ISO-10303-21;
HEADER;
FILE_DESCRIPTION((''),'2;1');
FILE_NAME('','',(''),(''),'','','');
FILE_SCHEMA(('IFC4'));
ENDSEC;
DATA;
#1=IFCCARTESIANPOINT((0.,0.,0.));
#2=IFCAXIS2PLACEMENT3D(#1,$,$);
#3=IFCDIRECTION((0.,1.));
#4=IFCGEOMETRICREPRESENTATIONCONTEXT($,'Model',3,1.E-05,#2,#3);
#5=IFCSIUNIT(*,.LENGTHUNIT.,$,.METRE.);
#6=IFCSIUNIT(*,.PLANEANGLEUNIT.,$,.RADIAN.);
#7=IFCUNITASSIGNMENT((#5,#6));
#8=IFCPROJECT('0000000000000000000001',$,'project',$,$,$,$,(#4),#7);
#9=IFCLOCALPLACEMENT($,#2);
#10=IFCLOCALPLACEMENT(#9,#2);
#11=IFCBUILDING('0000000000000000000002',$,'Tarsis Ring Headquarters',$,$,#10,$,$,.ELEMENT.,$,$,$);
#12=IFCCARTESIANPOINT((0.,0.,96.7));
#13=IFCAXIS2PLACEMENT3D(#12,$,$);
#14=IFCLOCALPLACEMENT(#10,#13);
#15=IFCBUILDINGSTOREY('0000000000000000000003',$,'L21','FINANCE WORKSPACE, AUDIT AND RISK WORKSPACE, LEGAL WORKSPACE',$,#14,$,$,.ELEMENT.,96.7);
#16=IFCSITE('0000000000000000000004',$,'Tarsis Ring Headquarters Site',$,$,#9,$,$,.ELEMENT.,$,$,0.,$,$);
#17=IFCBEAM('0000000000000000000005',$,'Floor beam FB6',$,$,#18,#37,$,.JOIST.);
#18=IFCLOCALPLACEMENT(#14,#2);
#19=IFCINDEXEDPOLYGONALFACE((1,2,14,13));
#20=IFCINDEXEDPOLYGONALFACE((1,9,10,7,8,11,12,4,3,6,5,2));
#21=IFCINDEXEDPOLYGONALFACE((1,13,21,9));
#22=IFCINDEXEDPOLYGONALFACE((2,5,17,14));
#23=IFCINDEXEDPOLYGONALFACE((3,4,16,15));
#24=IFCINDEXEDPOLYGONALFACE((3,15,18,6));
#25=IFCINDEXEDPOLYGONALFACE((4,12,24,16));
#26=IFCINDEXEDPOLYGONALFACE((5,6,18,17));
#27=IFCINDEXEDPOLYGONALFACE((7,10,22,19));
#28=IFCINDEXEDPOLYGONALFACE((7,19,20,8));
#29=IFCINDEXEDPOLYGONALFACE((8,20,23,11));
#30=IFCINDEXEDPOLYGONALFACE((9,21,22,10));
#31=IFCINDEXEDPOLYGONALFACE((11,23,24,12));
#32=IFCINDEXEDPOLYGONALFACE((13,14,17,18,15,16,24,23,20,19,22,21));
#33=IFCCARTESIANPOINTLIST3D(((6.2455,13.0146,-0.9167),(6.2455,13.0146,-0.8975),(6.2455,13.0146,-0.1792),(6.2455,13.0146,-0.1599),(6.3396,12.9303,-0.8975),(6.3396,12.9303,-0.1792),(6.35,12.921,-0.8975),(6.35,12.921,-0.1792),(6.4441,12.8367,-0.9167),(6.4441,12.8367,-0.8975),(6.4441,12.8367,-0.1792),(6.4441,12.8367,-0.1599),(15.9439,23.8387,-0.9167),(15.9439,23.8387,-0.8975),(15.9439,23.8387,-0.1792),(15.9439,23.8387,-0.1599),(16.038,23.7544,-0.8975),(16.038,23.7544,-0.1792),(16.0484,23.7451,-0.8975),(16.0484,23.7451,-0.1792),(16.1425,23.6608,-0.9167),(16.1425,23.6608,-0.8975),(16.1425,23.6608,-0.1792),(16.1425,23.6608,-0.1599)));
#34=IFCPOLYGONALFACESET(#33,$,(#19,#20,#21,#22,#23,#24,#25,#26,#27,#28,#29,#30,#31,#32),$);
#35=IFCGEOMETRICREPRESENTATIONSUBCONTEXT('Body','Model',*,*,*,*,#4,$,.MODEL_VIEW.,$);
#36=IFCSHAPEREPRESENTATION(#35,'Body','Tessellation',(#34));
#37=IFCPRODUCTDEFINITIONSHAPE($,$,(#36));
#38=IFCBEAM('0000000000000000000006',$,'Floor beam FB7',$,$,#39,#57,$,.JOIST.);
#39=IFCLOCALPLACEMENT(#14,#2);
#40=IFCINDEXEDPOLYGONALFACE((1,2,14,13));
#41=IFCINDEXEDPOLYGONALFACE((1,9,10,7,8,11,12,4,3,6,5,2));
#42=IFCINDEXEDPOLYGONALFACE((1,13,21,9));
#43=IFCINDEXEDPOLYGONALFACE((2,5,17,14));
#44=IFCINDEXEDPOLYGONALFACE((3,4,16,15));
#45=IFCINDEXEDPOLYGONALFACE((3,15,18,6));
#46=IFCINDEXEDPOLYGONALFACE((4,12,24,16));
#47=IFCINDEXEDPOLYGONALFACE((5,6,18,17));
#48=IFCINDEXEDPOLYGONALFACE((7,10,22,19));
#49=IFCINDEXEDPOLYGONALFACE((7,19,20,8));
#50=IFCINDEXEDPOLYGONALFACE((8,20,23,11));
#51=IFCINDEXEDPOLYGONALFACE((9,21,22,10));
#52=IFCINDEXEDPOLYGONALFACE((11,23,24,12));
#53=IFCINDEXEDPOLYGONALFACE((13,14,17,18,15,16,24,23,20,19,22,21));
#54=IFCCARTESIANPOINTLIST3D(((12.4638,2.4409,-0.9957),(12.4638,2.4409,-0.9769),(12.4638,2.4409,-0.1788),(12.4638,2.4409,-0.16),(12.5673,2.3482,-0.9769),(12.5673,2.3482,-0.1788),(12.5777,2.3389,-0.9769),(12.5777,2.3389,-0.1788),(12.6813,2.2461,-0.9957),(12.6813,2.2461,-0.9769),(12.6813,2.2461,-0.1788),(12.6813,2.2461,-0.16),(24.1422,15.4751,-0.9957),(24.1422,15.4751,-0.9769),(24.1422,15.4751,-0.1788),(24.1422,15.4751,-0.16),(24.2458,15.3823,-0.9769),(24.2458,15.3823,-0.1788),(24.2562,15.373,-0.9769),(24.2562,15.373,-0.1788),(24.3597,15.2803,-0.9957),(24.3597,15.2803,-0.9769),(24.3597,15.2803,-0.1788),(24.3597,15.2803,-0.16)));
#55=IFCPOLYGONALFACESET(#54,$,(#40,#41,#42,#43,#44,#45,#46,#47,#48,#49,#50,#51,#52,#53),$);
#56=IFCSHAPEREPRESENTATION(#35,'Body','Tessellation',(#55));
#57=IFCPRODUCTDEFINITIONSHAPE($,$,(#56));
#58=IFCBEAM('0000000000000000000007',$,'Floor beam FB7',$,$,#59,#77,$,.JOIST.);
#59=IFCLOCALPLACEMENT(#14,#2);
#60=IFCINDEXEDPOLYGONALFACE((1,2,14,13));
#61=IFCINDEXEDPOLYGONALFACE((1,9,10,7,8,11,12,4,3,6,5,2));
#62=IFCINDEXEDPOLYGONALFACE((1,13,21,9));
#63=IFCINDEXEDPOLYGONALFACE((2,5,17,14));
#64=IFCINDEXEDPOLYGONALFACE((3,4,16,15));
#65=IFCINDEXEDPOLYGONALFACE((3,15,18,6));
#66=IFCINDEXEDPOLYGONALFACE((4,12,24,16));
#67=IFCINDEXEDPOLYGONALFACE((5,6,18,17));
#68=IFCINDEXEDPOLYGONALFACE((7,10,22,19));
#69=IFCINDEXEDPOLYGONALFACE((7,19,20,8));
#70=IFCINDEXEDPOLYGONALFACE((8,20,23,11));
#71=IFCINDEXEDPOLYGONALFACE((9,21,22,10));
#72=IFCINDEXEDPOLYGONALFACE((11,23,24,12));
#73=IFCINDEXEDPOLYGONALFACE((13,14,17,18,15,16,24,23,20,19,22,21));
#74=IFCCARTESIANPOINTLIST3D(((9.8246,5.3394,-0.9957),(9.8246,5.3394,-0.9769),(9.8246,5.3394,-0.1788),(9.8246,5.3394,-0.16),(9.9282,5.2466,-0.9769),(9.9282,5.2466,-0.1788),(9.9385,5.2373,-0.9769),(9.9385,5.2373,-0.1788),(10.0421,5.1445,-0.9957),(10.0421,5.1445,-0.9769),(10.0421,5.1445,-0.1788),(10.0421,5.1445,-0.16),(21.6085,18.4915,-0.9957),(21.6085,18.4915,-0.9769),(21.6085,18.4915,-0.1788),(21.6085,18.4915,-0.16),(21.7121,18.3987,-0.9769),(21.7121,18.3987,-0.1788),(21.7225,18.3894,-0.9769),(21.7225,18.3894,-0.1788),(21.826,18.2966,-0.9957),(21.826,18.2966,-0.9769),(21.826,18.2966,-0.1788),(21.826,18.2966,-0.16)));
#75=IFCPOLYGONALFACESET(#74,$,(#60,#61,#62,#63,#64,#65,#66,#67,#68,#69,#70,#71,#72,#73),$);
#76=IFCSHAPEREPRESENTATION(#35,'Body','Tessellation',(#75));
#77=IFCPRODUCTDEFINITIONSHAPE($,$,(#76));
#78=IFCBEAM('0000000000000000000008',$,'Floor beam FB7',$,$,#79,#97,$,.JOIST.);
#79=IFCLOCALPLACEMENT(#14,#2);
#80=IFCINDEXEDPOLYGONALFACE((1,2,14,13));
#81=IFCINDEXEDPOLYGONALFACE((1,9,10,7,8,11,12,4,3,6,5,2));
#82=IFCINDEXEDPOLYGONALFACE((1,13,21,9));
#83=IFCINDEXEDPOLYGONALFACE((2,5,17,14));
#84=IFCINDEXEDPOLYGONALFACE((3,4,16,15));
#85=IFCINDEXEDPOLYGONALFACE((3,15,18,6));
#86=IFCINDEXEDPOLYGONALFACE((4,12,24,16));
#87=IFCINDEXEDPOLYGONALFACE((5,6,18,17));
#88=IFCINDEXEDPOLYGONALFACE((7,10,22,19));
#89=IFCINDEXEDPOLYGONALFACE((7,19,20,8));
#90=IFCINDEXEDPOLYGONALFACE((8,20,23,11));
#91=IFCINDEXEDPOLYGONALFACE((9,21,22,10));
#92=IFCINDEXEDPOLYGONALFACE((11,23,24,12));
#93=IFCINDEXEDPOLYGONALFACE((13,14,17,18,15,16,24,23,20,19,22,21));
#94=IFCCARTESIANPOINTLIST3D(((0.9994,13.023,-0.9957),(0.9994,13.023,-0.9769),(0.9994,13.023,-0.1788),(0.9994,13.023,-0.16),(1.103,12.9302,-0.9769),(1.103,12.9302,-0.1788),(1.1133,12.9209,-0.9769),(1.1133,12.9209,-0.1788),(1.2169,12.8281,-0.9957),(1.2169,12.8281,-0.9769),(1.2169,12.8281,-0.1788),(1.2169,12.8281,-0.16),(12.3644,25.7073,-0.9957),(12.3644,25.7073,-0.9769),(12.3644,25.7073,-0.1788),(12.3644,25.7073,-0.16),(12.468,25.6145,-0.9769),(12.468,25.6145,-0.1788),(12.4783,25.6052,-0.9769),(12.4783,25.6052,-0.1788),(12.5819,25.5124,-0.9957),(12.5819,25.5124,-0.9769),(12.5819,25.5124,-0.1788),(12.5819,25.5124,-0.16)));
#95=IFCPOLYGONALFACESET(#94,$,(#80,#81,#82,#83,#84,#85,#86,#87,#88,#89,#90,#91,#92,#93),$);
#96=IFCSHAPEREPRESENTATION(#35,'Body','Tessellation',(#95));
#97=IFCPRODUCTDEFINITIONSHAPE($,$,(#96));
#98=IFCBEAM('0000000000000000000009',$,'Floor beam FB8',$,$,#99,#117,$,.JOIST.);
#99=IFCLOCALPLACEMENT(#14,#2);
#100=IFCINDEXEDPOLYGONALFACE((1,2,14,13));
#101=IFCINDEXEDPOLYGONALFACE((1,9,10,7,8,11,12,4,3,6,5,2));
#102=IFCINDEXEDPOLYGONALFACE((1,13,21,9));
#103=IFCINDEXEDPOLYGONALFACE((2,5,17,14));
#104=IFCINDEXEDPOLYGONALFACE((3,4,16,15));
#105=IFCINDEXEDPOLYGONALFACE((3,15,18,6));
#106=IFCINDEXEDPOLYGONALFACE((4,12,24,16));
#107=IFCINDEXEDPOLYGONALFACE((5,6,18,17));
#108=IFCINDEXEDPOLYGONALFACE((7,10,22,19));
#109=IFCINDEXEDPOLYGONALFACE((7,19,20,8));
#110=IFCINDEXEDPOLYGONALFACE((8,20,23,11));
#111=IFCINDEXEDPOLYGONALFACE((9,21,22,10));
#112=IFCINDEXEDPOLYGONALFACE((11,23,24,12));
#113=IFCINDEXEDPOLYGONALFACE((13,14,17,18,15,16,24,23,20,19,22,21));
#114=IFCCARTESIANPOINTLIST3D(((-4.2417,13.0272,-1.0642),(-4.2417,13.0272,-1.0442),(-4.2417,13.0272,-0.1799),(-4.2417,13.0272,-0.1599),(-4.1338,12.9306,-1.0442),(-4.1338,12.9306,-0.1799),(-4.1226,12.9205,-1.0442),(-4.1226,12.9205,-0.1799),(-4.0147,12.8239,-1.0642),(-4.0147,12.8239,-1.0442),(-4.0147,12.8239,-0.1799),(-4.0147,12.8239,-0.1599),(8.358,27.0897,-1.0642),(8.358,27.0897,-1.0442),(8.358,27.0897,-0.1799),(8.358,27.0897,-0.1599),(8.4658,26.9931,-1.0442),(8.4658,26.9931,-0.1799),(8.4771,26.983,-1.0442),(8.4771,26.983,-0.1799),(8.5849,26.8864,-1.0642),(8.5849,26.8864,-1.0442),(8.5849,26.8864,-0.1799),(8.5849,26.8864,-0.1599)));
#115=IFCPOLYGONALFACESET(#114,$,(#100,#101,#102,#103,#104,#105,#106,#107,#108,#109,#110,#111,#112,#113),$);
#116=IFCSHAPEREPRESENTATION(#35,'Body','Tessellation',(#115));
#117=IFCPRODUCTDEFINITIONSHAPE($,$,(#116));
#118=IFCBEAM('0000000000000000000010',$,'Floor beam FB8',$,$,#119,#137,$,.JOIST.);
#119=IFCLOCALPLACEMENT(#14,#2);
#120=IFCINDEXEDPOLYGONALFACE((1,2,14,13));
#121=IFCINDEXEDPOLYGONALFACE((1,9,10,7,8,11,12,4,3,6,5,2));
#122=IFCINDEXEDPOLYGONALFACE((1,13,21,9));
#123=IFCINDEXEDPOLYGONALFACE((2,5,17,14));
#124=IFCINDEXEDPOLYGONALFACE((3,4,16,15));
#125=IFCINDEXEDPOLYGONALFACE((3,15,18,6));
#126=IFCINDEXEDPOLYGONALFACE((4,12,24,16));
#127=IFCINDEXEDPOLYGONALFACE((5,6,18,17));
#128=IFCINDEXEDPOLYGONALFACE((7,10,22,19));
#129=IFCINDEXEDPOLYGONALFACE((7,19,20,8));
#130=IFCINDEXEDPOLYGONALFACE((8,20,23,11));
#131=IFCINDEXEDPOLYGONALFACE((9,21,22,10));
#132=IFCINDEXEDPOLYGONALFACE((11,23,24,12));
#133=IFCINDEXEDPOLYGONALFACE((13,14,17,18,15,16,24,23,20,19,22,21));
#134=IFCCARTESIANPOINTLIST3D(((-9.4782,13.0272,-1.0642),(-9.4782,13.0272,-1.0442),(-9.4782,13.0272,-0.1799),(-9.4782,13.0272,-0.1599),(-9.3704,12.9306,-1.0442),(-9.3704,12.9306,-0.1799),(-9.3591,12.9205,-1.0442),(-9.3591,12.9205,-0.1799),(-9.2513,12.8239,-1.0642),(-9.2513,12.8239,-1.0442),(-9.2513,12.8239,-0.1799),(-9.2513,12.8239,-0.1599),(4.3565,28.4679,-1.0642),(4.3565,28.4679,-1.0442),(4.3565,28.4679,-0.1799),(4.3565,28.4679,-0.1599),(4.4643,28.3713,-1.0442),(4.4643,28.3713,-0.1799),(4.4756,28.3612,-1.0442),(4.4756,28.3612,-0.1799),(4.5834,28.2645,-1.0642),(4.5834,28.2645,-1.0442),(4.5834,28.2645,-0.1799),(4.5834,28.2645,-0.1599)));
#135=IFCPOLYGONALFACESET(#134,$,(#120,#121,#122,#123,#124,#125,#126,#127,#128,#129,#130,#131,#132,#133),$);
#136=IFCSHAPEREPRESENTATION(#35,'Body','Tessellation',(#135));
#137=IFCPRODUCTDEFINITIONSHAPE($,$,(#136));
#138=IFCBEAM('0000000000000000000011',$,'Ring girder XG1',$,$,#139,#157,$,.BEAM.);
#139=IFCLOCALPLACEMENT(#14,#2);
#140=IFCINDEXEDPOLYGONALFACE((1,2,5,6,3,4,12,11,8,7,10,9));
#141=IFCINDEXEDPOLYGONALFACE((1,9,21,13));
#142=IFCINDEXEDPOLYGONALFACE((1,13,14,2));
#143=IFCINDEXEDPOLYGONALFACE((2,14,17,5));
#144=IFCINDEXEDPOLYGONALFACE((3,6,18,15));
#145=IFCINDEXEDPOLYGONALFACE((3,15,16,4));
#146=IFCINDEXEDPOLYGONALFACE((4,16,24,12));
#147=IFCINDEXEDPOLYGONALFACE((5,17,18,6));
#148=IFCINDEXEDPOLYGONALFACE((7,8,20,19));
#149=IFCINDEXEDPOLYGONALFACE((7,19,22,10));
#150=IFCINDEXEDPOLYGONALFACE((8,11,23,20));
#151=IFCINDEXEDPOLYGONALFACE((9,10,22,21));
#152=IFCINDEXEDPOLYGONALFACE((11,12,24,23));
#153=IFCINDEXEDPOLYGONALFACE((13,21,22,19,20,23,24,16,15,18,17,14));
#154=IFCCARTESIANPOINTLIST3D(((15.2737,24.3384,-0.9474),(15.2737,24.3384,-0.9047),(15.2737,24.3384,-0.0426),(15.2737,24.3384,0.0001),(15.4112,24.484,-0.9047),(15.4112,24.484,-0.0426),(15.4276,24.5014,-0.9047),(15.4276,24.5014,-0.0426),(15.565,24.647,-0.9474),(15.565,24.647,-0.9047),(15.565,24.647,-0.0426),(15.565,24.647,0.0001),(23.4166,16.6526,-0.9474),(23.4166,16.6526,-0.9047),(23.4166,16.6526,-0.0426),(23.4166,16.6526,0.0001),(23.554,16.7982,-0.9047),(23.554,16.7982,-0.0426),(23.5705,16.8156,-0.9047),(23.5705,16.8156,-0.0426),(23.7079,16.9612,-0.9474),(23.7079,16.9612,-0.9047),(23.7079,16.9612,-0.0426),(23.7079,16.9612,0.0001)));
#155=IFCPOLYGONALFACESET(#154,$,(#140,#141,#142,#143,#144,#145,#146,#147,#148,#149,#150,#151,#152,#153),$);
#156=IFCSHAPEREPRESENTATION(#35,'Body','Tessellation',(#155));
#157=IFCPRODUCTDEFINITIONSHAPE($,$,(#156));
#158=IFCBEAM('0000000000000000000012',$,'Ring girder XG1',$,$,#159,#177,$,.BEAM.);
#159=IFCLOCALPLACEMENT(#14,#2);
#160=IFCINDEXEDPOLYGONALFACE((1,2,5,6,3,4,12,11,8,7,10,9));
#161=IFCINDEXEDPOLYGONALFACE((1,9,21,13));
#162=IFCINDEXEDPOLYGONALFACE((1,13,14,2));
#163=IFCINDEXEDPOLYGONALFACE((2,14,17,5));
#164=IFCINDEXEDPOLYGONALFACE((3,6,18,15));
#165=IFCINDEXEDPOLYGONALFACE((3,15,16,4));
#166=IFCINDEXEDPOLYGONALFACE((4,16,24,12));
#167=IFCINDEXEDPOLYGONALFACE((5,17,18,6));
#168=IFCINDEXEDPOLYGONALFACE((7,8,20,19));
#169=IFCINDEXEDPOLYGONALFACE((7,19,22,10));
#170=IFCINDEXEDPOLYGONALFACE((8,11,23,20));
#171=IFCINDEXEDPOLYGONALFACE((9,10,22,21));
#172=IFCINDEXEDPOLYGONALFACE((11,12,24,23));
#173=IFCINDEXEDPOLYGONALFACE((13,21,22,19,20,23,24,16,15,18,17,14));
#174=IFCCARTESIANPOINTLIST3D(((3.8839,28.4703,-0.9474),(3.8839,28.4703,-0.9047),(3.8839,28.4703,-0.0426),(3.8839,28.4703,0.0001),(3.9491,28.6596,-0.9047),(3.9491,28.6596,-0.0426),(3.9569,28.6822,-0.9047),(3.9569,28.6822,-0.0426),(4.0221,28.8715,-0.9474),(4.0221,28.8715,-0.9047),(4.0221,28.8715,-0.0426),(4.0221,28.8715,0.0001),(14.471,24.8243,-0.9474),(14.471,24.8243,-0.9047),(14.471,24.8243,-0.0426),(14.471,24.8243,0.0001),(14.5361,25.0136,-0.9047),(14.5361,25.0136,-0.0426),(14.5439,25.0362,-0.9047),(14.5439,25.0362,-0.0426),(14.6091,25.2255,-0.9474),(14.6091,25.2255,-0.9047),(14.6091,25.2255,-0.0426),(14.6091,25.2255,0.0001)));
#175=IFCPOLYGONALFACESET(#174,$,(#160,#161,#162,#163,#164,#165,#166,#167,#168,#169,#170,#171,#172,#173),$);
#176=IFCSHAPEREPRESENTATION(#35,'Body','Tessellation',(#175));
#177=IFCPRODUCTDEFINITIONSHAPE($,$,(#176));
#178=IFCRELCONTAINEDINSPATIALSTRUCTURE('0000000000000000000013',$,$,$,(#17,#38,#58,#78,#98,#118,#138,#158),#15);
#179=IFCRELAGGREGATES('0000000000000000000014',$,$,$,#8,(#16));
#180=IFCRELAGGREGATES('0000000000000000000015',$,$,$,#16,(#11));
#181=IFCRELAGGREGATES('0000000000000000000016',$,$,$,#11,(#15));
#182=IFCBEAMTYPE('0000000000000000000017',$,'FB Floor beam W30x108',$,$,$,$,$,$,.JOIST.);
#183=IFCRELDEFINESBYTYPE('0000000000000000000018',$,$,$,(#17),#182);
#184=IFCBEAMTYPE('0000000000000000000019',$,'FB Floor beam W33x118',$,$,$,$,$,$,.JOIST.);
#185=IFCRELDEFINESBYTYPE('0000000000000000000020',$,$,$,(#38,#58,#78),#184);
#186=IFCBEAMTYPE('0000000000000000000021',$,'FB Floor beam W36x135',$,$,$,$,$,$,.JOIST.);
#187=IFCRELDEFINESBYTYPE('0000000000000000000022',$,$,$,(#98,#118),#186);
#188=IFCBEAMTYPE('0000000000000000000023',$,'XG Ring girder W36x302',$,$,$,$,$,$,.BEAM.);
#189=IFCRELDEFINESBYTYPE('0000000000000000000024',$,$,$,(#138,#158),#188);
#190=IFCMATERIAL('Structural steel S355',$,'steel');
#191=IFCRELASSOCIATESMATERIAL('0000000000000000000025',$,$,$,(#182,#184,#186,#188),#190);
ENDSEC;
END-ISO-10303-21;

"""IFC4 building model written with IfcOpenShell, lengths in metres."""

from ifc_helpers import new_model, si_unit, direction, frame, origin, origin_2d, place, context, subcontext, project, spatial, i_section, extrude, material, material_profile, profile_set, type_object, element, save


model = new_model("IFC4")

# Units and contexts
model_context = context("Model", 3, precision=1e-05, world=origin(), true_north=direction((0.0, 1.0)))
body_context = subcontext(model_context, "Body", "Model", "MODEL_VIEW")
ifc_project = project(units=[si_unit("LENGTHUNIT", "METRE"), si_unit("PLANEANGLEUNIT", "RADIAN")], contexts=[model_context])

# Site, building, storey
site_placement = place(None, origin())
site = spatial("IfcSite", under=ifc_project, at=site_placement, Name="Tarsis Ring Headquarters Site", CompositionType="ELEMENT", RefElevation=0.0)
building_placement = place(site_placement, origin())
building = spatial("IfcBuilding", under=site, at=building_placement, Name="Tarsis Ring Headquarters", CompositionType="ELEMENT")
storey_placement = place(building_placement, frame((0.0, 0.0, 96.7)))
storey = spatial("IfcBuildingStorey", under=building, at=storey_placement, Name="L21", Description="FINANCE WORKSPACE, AUDIT AND RISK WORKSPACE, LEGAL WORKSPACE", CompositionType="ELEMENT", Elevation=96.7)

# Shared definitions
ifc_material_1 = material(Name="Structural steel S355", Category="steel")

# Beams
ifc_material_profile_1 = material_profile(ifc_material_1, i_section(OverallWidth=0.2666, OverallDepth=0.7568, WebThickness=0.0139, FlangeThickness=0.0193, at=origin_2d()), Name="W30x108")
ifc_profile_set_1 = profile_set([ifc_material_profile_1], Name="Structural steel S355")
beam_type_1 = type_object("IfcBeamType", Name="FB Floor beam W30x108", PredefinedType="JOIST", material=ifc_profile_set_1)
beam_1_placement = place(storey_placement, frame((16.0432, 23.7498, -0.5383), z_axis=(-0.667317, -0.744774, 0.0), x_axis=(0.744774, -0.667317, 0.0)))
element("IfcBeam", 1, at=beam_1_placement, inside=storey, type_object=beam_type_1, Name="Floor beam FB6", PredefinedType="JOIST", context=body_context, shape_type="SweptSolid", body=[
    extrude(i_section(OverallWidth=0.2666, OverallDepth=0.7568, WebThickness=0.0139, FlangeThickness=0.0193, at=origin_2d()), origin(), (0.0, 0.0, 1.0), 14.5334),
])
ifc_material_profile_2 = material_profile(ifc_material_1, i_section(OverallWidth=0.292, OverallDepth=0.8357, WebThickness=0.0139, FlangeThickness=0.0188, at=origin_2d()), Name="W33x118")
ifc_profile_set_2 = profile_set([ifc_material_profile_2], Name="Structural steel S355")
beam_type_2 = type_object("IfcBeamType", Name="FB Floor beam W33x118", PredefinedType="JOIST", material=ifc_profile_set_2)
beam_2_placement = place(storey_placement, frame((24.251, 15.3777, -0.5779), z_axis=(-0.667312, -0.744778, 0.0), x_axis=(0.744778, -0.667312, 0.0)))
element("IfcBeam", 2, at=beam_2_placement, inside=storey, type_object=beam_type_2, Name="Floor beam FB7", PredefinedType="JOIST", context=body_context, shape_type="SweptSolid", body=[
    extrude(i_section(OverallWidth=0.292, OverallDepth=0.8357, WebThickness=0.0139, FlangeThickness=0.0188, at=origin_2d()), origin(), (0.0, 0.0, 1.0), 17.5007),
])
beam_3_placement = place(storey_placement, frame((21.7173, 18.394, -0.5779), z_axis=(-0.667306, -0.744783, 0.0), x_axis=(0.744783, -0.667306, 0.0)))
element("IfcBeam", 3, at=beam_3_placement, inside=storey, type_object=beam_type_2, Name="Floor beam FB7", PredefinedType="JOIST", context=body_context, shape_type="SweptSolid", body=[
    extrude(i_section(OverallWidth=0.292, OverallDepth=0.8357, WebThickness=0.0139, FlangeThickness=0.0188, at=origin_2d()), origin(), (0.0, 0.0, 1.0), 17.6589),
])
beam_4_placement = place(storey_placement, frame((12.4731, 25.6099, -0.5779), z_axis=(-0.667312, -0.744778, 0.0), x_axis=(0.744778, -0.667312, 0.0)))
element("IfcBeam", 4, at=beam_4_placement, inside=storey, type_object=beam_type_2, Name="Floor beam FB7", PredefinedType="JOIST", context=body_context, shape_type="SweptSolid", body=[
    extrude(i_section(OverallWidth=0.292, OverallDepth=0.8357, WebThickness=0.0139, FlangeThickness=0.0188, at=origin_2d()), origin(), (0.0, 0.0, 1.0), 17.031),
])
ifc_material_profile_3 = material_profile(ifc_material_1, i_section(OverallWidth=0.3047, OverallDepth=0.9043, WebThickness=0.0151, FlangeThickness=0.02, at=origin_2d()), Name="W36x135")
ifc_profile_set_3 = profile_set([ifc_material_profile_3], Name="Structural steel S355")
beam_type_3 = type_object("IfcBeamType", Name="FB Floor beam W36x135", PredefinedType="JOIST", material=ifc_profile_set_3)
beam_5_placement = place(storey_placement, frame((8.4714, 26.988, -0.6121), z_axis=(-0.667306, -0.744784, 0.0), x_axis=(0.744784, -0.667306, 0.0)))
element("IfcBeam", 5, at=beam_5_placement, inside=storey, type_object=beam_type_3, Name="Floor beam FB8", PredefinedType="JOIST", context=body_context, shape_type="SweptSolid", body=[
    extrude(i_section(OverallWidth=0.3047, OverallDepth=0.9043, WebThickness=0.0151, FlangeThickness=0.02, at=origin_2d()), origin(), (0.0, 0.0, 1.0), 18.8813),
])
beam_6_placement = place(storey_placement, frame((4.47, 28.3662, -0.6121), z_axis=(-0.667314, -0.744777, 0.0), x_axis=(0.744777, -0.667314, 0.0)))
element("IfcBeam", 6, at=beam_6_placement, inside=storey, type_object=beam_type_3, Name="Floor beam FB8", PredefinedType="JOIST", context=body_context, shape_type="SweptSolid", body=[
    extrude(i_section(OverallWidth=0.3047, OverallDepth=0.9043, WebThickness=0.0151, FlangeThickness=0.02, at=origin_2d()), origin(), (0.0, 0.0, 1.0), 20.7319),
])
ifc_material_profile_4 = material_profile(ifc_material_1, i_section(OverallWidth=0.4243, OverallDepth=0.9475, WebThickness=0.0239, FlangeThickness=0.0427, at=origin_2d()), Name="W36x302")
ifc_profile_set_4 = profile_set([ifc_material_profile_4], Name="Structural steel S355")
beam_type_4 = type_object("IfcBeamType", Name="XG Ring girder W36x302", PredefinedType="BEAM", material=ifc_profile_set_4)
for number, where, z_axis, x_axis, name in (
    (7, (23.5623, 16.8069, -0.4736), (-0.727221, 0.686404, 0.0), (-0.686404, -0.727221, 0.0), "Ring girder XG1"),
    (8, (14.54, 25.0249, -0.4736), (-0.945504, 0.325612, 0.0), (-0.325612, -0.945504, 0.0), "Ring girder XG1"),
):
    element("IfcBeam", number, at=place(storey_placement, frame(where, z_axis=z_axis, x_axis=x_axis)), inside=storey, type_object=beam_type_4, Name=name, PredefinedType="BEAM", context=body_context, shape_type="SweptSolid", body=[
        extrude(i_section(OverallWidth=0.4243, OverallDepth=0.9475, WebThickness=0.0239, FlangeThickness=0.0427, at=origin_2d()), origin(), (0.0, 0.0, 1.0), 11.1973),
    ])

save(model, "model.ifc")
